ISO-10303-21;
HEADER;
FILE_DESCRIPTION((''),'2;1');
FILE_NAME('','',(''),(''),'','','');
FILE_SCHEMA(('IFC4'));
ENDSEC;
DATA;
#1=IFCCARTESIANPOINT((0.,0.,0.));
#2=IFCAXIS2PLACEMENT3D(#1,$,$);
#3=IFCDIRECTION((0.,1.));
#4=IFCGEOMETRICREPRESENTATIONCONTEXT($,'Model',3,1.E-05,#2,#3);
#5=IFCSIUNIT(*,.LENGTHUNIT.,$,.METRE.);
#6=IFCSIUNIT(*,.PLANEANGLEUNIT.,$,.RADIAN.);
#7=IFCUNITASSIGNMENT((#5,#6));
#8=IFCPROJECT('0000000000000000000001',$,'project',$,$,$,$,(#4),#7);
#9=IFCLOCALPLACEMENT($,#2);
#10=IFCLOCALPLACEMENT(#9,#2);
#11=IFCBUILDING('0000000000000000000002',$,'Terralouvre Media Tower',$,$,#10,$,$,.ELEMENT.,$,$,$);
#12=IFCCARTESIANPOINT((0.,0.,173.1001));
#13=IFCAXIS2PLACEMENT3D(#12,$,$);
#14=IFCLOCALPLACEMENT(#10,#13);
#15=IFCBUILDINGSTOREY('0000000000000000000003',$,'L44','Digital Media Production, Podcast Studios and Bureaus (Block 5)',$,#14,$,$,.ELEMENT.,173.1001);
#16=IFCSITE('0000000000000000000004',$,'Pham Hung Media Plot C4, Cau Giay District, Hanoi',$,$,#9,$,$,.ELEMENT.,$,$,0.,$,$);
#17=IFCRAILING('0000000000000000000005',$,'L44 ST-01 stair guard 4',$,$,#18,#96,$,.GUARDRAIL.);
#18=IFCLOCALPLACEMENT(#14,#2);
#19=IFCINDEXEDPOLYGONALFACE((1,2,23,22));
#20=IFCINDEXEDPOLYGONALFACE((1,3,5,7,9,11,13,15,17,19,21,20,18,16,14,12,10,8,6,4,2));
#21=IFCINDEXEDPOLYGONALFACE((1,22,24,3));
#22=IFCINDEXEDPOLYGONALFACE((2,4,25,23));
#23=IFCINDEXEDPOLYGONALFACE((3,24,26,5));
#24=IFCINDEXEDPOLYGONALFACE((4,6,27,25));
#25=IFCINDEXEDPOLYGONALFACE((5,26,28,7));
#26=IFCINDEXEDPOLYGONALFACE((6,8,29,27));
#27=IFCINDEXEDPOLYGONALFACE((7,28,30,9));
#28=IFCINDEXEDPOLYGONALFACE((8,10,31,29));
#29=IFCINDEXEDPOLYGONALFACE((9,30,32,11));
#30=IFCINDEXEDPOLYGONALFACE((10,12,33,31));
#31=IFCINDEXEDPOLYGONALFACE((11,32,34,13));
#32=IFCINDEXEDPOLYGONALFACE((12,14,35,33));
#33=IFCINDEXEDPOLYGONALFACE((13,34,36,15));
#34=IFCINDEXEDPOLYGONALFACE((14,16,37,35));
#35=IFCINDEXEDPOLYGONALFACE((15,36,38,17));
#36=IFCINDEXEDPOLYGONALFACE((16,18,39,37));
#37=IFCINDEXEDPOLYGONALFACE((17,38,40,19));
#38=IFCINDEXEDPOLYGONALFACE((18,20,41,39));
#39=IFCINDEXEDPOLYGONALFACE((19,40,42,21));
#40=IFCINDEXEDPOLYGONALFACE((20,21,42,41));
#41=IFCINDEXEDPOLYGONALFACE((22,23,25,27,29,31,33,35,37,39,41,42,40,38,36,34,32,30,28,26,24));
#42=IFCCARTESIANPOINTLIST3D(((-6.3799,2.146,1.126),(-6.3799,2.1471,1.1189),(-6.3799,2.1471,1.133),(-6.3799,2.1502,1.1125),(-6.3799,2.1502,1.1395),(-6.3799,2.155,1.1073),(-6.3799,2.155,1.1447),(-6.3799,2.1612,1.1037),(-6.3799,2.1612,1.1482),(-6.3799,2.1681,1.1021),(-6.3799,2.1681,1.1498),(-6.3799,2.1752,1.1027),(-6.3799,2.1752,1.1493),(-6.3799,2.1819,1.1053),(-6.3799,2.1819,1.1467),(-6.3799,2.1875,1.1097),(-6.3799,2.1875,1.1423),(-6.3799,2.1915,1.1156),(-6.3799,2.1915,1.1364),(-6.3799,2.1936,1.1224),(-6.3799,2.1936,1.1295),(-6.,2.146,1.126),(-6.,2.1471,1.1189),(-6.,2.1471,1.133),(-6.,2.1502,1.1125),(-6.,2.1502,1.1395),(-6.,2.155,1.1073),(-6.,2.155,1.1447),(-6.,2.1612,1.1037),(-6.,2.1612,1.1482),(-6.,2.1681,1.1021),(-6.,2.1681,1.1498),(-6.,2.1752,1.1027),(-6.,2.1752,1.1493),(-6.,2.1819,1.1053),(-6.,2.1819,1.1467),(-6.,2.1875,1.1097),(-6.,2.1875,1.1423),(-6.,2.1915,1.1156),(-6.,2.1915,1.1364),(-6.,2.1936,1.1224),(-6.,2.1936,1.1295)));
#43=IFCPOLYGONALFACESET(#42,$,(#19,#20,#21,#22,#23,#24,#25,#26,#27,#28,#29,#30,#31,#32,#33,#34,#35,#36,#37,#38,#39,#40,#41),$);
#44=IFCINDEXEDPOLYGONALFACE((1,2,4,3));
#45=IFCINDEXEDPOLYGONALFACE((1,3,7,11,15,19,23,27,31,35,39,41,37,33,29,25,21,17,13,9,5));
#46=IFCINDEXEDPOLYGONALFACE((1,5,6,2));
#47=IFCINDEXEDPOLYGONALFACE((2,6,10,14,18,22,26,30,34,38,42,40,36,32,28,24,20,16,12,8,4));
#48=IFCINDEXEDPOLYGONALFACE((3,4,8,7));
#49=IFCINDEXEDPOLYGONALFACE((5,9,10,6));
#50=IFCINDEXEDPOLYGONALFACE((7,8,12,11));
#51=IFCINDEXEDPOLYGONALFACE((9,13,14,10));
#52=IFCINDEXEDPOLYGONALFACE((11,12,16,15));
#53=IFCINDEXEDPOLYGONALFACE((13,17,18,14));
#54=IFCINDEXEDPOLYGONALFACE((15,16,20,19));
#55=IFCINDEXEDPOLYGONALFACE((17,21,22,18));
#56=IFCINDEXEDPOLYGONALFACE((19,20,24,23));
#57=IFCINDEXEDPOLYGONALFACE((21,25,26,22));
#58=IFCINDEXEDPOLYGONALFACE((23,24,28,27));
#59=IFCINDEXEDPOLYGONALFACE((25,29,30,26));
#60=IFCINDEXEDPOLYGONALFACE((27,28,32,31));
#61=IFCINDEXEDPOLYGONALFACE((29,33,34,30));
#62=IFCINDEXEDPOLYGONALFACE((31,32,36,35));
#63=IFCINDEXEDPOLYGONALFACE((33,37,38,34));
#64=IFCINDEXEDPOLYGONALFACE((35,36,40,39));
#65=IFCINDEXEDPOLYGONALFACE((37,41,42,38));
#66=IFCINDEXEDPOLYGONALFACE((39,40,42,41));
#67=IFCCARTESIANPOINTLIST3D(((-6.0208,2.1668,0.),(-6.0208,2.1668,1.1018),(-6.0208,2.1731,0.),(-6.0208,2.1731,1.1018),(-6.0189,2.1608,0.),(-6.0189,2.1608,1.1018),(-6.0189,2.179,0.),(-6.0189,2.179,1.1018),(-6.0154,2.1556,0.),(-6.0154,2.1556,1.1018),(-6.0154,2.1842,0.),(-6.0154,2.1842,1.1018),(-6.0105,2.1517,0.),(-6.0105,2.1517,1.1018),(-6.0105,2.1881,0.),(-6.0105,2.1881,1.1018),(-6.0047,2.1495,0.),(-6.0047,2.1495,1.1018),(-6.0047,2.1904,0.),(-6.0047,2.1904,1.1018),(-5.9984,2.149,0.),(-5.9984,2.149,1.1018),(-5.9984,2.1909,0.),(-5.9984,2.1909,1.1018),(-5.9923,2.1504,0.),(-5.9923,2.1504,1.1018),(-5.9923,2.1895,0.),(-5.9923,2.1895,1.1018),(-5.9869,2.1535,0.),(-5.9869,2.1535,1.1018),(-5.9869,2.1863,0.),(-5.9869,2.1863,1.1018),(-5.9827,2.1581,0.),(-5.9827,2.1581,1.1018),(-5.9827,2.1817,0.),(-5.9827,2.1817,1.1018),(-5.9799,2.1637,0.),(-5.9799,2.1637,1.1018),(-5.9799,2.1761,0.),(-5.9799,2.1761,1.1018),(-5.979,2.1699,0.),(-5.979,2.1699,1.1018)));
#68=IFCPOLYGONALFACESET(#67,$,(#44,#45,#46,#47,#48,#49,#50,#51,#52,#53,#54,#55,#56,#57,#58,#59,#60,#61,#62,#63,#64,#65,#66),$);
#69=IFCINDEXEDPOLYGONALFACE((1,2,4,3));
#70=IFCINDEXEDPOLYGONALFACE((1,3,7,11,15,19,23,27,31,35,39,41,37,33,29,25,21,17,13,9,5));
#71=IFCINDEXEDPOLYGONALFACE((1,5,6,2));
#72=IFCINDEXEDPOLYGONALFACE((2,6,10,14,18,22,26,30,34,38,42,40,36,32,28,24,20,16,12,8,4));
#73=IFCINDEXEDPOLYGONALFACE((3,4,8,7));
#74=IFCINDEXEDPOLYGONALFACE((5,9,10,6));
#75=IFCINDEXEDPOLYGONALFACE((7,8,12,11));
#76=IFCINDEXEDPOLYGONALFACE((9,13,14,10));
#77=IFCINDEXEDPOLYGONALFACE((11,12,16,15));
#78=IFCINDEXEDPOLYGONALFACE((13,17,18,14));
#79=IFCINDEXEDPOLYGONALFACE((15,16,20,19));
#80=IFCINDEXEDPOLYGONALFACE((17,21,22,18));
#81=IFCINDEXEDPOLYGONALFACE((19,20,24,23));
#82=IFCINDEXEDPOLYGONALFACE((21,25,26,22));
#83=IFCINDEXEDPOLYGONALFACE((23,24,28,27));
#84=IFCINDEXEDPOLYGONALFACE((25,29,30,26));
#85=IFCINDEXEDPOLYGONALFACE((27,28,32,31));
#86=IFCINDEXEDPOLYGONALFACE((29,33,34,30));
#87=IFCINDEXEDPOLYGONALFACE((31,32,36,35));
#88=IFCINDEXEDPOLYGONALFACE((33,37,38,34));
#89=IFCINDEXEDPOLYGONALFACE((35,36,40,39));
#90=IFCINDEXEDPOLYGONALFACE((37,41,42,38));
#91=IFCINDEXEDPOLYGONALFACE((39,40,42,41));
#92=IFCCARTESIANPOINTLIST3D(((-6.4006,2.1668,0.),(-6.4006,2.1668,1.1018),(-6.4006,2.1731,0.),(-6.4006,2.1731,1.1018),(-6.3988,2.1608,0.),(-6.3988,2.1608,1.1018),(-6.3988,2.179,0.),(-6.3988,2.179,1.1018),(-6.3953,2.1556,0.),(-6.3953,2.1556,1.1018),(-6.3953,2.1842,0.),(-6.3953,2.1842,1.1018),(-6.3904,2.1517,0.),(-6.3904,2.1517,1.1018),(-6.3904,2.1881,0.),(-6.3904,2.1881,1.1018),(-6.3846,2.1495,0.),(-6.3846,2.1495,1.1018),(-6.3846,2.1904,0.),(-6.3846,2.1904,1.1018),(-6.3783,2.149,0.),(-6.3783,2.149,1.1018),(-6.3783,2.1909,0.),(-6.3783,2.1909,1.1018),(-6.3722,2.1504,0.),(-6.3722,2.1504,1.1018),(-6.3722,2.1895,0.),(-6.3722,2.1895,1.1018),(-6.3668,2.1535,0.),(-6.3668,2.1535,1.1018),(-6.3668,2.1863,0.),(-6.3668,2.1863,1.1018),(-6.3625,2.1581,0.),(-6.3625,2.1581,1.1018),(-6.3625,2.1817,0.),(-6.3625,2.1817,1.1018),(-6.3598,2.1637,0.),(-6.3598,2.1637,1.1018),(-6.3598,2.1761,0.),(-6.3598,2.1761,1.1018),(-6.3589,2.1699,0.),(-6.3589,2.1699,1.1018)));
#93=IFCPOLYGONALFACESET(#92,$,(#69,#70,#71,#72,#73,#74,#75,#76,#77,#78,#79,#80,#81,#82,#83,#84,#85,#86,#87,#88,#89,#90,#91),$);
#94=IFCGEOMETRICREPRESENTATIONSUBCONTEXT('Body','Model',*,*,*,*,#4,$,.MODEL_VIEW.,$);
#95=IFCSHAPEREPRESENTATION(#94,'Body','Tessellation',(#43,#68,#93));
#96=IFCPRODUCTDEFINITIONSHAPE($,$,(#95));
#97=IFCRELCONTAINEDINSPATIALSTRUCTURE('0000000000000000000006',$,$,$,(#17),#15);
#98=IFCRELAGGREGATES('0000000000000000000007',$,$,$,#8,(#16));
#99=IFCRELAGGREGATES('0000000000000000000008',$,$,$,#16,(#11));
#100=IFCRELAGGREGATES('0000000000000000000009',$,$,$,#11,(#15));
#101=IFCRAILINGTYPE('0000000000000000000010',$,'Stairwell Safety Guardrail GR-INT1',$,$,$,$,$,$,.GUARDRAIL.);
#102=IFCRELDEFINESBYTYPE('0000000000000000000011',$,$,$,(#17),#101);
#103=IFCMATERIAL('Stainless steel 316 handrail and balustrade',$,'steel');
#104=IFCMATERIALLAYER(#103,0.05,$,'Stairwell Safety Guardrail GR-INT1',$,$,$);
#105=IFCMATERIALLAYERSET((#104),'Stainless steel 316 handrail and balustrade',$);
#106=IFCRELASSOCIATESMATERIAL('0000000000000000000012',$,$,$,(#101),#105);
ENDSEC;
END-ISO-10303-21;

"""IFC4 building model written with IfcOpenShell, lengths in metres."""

from ifc_helpers import new_model, si_unit, direction, frame, origin, origin_2d, place, context, subcontext, project, spatial, circle, extrude, material, layer, layer_set, type_object, element, save


model = new_model("IFC4")

# Units and contexts
model_context = context("Model", 3, precision=1e-05, world=origin(), true_north=direction((0.0, 1.0)))
body_context = subcontext(model_context, "Body", "Model", "MODEL_VIEW")
ifc_project = project(units=[si_unit("LENGTHUNIT", "METRE"), si_unit("PLANEANGLEUNIT", "RADIAN")], contexts=[model_context])

# Site, building, storey
site_placement = place(None, origin())
site = spatial("IfcSite", under=ifc_project, at=site_placement, Name="Pham Hung Media Plot C4, Cau Giay District, Hanoi", CompositionType="ELEMENT", RefElevation=0.0)
building_placement = place(site_placement, origin())
building = spatial("IfcBuilding", under=site, at=building_placement, Name="Terralouvre Media Tower", CompositionType="ELEMENT")
storey_placement = place(building_placement, frame((0.0, 0.0, 173.1001)))
storey = spatial("IfcBuildingStorey", under=building, at=storey_placement, Name="L44", Description="Digital Media Production, Podcast Studios and Bureaus (Block 5)", CompositionType="ELEMENT", Elevation=173.1001)

# Railing
ifc_material_1 = material(Name="Stainless steel 316 handrail and balustrade", Category="steel")
ifc_layer_1 = layer(ifc_material_1, 0.05, Name="Stairwell Safety Guardrail GR-INT1")
ifc_layer_set_1 = layer_set([ifc_layer_1], Name="Stainless steel 316 handrail and balustrade")
railing_type_1 = type_object("IfcRailingType", Name="Stairwell Safety Guardrail GR-INT1", PredefinedType="GUARDRAIL", material=ifc_layer_set_1)
railing_1_placement = place(storey_placement, frame((-6.0, 2.1699, 0.0)))
element("IfcRailing", 1, at=railing_1_placement, inside=storey, type_object=railing_type_1, Name="L44 ST-01 stair guard 4", PredefinedType="GUARDRAIL", context=body_context, shape_type="SweptSolid", body=[
    extrude(circle(Radius=0.0239, at=origin_2d()), frame((0.0, 0.0, 1.126), z_axis=(-1.0, 0.0, 0.0), x_axis=(0.0, -1.0, 0.0)), (0.0, 0.0, 1.0), 0.3799),
    extrude(circle(Radius=0.021, at=origin_2d()), origin(), (0.0, 0.0, 1.0), 1.1018),
    extrude(circle(Radius=0.021, at=origin_2d()), frame((-0.3799, 0.0, 0.0)), (0.0, 0.0, 1.0), 1.1018),
])

save(model, "model.ifc")
